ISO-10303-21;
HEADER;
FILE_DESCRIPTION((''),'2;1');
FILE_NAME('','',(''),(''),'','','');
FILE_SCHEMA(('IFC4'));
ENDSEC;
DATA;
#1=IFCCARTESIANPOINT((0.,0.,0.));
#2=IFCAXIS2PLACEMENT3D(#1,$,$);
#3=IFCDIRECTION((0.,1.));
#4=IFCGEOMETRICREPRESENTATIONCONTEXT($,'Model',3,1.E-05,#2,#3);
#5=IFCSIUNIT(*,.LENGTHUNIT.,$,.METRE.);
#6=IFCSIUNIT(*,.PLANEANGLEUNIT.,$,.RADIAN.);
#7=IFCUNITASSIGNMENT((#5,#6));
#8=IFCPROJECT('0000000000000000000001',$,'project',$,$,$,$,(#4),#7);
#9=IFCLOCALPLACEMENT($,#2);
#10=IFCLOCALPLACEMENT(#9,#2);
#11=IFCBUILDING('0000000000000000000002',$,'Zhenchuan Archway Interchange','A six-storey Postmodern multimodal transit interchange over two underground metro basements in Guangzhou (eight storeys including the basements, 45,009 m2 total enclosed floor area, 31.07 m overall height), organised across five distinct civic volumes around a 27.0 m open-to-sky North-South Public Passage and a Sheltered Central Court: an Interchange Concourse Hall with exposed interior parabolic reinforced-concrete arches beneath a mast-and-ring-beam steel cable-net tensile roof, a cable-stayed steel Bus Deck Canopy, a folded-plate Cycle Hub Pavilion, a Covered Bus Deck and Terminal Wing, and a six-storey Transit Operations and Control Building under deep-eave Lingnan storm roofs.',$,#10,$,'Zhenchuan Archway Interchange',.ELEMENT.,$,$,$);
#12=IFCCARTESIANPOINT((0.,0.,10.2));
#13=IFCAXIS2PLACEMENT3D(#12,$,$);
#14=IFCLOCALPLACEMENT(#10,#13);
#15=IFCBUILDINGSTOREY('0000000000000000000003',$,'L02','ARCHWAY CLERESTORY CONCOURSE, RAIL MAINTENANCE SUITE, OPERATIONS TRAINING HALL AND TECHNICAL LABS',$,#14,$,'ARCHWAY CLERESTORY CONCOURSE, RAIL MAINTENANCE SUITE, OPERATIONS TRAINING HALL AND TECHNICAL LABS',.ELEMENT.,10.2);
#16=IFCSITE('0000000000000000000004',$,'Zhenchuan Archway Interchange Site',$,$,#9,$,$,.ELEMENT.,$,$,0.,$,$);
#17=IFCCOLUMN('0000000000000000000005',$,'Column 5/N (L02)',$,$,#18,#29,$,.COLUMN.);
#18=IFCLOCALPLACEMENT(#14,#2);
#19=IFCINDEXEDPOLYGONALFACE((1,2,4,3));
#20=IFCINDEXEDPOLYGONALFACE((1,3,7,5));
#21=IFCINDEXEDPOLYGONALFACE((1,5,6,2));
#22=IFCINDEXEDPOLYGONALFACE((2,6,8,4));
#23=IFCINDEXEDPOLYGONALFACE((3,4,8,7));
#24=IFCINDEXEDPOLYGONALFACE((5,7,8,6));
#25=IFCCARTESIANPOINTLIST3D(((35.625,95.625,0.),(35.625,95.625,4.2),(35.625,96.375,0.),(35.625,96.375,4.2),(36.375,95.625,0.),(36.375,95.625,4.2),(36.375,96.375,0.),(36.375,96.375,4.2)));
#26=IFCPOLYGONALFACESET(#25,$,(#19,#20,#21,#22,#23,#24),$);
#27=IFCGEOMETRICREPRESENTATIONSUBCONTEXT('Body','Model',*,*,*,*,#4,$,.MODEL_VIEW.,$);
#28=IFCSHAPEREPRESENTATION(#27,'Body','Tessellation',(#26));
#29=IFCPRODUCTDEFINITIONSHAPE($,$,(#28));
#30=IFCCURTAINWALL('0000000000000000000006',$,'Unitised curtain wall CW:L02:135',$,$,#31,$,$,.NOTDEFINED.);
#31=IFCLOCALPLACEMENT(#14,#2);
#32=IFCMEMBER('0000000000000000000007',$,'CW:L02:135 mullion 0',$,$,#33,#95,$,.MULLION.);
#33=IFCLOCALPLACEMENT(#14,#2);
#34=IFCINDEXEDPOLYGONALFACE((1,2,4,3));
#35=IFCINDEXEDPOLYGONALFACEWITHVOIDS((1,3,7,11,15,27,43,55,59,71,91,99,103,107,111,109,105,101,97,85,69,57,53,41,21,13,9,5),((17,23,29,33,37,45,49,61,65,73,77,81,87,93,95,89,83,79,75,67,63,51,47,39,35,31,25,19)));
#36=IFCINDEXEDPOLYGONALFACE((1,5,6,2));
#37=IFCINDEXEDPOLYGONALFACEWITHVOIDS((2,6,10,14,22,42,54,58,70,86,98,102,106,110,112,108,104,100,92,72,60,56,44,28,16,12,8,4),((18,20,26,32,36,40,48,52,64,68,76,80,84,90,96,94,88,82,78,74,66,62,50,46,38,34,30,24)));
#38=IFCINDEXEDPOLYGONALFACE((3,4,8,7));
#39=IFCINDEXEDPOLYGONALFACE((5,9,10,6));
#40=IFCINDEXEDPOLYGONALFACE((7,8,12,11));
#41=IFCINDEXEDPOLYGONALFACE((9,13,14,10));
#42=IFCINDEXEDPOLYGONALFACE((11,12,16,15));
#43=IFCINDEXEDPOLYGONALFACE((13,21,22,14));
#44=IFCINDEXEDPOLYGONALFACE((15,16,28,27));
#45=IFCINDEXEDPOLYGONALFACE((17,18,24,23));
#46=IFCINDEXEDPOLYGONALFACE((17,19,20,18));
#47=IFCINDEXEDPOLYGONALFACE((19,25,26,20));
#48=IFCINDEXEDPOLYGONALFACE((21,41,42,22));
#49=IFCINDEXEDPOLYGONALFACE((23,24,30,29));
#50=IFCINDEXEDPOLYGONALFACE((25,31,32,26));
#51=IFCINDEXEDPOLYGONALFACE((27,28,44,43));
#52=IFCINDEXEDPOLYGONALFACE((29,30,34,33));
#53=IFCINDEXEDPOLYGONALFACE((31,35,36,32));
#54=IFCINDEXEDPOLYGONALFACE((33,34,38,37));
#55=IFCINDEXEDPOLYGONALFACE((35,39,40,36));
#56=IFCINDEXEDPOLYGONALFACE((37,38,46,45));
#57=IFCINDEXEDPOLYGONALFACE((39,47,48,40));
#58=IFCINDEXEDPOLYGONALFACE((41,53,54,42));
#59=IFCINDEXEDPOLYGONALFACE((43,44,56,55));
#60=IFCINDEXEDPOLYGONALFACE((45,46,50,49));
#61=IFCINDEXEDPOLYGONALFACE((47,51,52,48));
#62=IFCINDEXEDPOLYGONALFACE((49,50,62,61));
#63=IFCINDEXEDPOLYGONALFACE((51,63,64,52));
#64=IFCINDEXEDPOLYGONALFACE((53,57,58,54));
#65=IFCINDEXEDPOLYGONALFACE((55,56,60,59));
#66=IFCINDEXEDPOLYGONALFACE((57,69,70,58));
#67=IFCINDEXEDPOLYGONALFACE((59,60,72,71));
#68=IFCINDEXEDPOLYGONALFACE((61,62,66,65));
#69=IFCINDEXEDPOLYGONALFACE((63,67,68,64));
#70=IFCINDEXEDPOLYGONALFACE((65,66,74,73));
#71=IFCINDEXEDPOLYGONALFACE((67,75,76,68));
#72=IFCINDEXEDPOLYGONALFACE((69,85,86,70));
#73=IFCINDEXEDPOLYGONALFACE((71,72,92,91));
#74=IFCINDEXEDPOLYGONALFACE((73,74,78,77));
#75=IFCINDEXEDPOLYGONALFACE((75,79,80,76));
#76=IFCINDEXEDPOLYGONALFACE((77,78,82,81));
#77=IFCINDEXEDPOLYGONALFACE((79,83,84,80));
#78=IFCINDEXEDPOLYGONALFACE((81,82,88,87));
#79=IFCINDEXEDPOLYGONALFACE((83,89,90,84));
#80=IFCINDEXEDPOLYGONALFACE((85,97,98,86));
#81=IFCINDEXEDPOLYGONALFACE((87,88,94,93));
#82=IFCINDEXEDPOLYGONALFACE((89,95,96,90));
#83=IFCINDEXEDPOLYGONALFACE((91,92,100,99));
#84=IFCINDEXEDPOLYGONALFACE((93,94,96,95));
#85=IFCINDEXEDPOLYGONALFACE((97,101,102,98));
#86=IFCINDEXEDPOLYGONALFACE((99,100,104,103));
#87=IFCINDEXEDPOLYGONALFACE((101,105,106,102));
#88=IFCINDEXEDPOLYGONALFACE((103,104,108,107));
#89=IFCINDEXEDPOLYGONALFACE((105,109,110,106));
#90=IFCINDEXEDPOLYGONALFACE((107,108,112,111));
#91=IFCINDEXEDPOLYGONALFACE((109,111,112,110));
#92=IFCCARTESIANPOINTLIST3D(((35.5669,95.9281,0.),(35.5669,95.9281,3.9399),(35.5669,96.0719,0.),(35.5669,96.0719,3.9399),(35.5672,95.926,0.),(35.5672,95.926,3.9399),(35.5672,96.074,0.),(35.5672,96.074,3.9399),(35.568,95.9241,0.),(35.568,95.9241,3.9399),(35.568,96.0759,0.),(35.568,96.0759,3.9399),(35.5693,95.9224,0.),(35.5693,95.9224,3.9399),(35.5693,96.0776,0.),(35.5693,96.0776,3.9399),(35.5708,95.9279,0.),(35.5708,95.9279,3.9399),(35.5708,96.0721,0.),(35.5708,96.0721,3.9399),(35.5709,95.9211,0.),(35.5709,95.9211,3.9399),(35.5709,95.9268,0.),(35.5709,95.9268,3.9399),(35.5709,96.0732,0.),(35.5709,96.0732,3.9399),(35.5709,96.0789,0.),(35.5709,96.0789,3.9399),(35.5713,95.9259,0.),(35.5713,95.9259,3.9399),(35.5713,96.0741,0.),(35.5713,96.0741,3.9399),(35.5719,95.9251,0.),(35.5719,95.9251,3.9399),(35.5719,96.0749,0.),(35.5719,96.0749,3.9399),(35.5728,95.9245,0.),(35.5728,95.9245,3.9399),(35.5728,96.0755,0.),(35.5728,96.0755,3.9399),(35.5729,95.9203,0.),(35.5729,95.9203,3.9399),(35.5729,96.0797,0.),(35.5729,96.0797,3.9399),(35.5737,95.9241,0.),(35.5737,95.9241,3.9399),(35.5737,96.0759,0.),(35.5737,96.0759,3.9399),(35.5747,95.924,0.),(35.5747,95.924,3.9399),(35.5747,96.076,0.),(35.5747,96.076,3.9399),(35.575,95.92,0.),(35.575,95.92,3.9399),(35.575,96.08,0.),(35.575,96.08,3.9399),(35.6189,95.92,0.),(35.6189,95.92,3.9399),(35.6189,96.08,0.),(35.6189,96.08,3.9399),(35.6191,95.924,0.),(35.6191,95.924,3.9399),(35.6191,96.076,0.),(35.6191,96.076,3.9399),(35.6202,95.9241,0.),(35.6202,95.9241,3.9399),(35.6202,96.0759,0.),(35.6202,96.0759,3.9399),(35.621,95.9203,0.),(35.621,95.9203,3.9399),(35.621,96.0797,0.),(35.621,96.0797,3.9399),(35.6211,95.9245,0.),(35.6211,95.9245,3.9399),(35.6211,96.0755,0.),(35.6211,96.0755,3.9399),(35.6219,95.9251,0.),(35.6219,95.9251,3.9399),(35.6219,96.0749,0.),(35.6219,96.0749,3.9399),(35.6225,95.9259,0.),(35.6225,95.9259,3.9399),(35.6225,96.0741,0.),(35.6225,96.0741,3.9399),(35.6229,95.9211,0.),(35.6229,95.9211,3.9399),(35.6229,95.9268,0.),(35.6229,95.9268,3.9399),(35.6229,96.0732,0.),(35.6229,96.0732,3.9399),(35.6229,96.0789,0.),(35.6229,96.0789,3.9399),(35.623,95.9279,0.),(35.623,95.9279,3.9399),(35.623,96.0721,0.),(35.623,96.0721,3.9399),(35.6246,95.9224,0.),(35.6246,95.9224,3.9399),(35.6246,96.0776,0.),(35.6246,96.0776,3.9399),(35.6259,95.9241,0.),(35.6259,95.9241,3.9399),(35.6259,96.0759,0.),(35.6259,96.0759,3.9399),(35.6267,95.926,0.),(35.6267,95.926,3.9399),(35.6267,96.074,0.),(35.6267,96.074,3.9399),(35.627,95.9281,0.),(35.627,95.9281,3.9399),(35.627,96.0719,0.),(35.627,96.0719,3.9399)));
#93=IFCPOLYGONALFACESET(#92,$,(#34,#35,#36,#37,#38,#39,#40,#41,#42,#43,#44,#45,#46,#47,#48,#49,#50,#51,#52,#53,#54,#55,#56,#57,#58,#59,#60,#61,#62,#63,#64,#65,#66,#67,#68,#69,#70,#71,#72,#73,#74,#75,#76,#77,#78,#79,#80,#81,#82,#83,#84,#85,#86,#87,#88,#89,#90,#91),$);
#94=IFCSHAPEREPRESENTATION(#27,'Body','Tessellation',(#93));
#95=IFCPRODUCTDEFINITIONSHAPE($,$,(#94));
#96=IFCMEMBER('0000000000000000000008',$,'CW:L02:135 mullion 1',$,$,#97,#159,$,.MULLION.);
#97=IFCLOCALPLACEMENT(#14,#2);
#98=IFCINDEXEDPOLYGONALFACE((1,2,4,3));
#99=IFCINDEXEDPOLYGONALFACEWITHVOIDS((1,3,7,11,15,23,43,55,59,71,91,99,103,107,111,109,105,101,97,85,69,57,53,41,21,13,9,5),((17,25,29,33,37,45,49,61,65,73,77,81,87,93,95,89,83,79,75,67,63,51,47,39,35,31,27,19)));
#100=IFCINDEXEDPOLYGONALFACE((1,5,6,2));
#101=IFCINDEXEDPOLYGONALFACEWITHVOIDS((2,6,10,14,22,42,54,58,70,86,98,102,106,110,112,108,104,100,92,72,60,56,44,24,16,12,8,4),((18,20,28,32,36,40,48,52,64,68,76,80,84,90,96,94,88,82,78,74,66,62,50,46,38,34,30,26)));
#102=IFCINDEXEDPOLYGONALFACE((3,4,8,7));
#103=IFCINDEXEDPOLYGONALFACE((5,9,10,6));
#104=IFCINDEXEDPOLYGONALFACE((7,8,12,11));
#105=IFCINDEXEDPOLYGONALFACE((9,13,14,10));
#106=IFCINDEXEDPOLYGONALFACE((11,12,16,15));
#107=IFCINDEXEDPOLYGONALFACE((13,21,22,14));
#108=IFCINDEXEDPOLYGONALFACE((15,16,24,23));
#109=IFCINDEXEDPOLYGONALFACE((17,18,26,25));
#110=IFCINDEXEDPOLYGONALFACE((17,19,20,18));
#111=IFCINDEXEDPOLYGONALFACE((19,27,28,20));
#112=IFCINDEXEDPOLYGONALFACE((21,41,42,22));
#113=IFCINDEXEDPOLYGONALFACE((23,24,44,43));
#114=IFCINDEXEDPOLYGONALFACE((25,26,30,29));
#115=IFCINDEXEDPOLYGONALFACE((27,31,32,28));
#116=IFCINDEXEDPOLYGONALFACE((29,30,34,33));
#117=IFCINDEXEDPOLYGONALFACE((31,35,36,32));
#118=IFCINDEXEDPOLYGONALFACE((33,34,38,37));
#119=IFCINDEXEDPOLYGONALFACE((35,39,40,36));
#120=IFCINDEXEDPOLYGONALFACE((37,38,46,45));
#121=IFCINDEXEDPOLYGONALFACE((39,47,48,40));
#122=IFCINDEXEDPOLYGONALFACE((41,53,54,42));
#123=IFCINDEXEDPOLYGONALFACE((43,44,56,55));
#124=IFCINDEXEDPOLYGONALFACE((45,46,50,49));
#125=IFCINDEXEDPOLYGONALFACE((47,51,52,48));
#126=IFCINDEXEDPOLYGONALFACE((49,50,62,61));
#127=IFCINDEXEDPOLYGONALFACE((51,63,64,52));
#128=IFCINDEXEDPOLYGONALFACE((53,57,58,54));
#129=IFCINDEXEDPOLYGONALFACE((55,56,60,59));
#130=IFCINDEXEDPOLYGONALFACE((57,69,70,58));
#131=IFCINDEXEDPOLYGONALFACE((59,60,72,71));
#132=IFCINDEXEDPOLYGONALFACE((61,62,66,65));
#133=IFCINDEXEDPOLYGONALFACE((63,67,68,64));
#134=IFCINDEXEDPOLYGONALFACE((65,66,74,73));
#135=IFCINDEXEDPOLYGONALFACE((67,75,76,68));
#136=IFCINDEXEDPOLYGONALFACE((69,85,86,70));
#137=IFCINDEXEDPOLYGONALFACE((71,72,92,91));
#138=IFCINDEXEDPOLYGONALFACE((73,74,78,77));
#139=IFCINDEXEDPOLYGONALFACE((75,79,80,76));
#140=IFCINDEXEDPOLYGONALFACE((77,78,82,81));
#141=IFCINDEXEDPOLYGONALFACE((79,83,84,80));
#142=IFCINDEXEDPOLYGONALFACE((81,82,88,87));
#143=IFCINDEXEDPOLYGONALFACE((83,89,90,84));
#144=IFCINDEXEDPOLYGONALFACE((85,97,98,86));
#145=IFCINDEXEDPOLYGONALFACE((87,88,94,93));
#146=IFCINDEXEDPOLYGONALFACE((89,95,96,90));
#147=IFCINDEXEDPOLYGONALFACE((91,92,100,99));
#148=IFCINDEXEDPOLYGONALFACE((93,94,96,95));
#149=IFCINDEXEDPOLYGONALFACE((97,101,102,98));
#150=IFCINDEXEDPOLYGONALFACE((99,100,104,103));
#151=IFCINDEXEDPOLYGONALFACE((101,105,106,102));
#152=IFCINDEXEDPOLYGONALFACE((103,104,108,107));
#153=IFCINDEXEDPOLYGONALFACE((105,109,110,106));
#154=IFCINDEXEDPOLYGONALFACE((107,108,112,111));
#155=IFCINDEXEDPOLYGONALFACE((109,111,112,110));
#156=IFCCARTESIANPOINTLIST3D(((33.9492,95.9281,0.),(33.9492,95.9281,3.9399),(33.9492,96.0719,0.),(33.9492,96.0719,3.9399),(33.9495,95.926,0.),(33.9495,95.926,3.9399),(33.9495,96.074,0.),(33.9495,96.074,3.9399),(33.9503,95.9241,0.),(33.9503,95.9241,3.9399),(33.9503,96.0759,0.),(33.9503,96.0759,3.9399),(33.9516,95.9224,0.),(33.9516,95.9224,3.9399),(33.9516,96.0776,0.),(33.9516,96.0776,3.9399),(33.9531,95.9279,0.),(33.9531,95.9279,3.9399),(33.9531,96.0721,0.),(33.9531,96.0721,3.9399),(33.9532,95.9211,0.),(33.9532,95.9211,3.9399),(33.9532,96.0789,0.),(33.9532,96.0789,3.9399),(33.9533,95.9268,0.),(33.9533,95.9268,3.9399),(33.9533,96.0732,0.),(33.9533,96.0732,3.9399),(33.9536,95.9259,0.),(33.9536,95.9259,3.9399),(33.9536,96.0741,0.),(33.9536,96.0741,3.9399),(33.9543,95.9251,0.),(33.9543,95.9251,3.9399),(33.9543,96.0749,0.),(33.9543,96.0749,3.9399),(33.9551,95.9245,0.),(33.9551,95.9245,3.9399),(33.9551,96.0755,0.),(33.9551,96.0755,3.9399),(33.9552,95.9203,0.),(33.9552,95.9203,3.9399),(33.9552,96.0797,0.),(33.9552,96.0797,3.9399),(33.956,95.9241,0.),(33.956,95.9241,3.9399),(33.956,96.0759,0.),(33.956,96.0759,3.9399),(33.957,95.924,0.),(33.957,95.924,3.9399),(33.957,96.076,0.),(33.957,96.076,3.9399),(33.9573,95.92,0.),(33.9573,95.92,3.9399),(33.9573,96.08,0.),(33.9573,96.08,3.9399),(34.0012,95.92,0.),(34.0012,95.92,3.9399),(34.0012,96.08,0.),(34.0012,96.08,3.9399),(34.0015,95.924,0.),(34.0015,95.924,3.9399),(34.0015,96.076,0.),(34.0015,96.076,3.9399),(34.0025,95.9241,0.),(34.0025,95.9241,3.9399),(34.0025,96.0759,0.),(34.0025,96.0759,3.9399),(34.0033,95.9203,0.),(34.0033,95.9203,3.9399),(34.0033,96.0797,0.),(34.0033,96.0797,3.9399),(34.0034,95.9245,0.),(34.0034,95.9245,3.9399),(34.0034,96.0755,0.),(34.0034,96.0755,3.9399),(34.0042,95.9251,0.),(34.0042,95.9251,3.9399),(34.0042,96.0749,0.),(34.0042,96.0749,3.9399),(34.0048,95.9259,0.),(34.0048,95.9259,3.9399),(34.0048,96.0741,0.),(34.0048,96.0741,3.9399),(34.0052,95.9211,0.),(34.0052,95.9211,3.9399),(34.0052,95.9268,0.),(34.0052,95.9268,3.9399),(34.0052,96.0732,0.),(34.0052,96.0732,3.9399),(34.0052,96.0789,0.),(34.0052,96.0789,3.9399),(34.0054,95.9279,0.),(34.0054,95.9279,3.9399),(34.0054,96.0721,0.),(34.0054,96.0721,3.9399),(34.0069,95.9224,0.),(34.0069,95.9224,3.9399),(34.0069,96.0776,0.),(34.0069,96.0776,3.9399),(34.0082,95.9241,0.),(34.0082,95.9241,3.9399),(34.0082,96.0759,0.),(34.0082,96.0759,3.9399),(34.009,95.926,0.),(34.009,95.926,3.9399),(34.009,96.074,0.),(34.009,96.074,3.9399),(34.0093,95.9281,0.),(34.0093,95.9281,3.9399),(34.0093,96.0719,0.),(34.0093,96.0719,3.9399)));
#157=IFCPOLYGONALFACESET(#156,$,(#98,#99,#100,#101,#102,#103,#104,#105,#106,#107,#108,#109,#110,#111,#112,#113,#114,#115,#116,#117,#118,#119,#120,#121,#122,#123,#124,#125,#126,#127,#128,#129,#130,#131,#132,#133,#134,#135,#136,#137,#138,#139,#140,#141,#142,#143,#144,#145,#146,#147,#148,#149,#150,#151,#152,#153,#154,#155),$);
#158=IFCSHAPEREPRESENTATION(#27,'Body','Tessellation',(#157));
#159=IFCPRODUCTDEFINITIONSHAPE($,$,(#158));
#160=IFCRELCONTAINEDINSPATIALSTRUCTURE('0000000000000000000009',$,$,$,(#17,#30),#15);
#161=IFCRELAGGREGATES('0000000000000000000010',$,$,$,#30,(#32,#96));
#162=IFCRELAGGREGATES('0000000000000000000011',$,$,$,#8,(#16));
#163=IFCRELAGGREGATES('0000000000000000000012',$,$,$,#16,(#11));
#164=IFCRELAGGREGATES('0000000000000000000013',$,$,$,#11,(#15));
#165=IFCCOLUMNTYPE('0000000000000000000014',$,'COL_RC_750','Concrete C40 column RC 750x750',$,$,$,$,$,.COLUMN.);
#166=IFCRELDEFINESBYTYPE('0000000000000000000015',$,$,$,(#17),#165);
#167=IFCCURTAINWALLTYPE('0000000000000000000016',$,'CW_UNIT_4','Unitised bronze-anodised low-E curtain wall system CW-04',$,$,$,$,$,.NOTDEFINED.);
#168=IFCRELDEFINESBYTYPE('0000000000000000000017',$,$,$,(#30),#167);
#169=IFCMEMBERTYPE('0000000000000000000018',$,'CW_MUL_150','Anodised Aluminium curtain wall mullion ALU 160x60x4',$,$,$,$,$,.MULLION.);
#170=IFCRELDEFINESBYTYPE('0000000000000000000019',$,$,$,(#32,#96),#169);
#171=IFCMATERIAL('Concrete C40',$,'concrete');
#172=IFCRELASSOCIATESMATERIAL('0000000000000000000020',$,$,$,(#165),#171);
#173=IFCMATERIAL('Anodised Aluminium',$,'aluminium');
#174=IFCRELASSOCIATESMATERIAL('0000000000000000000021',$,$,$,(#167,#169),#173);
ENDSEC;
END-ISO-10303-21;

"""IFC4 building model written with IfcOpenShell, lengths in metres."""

from ifc_helpers import new_model, si_unit, direction, frame, origin, origin_2d, place, context, subcontext, project, spatial, rectangle, hollow_rectangle, extrude, material, material_profile, profile_set, type_object, element, aggregate, save


model = new_model("IFC4")

# Units and contexts
model_context = context("Model", 3, precision=1e-05, world=origin(), true_north=direction((0.0, 1.0)))
body_context = subcontext(model_context, "Body", "Model", "MODEL_VIEW")
ifc_project = project(units=[si_unit("LENGTHUNIT", "METRE"), si_unit("PLANEANGLEUNIT", "RADIAN")], contexts=[model_context])

# Site, building, storey
site_placement = place(None, origin())
site = spatial("IfcSite", under=ifc_project, at=site_placement, Name="Zhenchuan Archway Interchange Site", CompositionType="ELEMENT", RefElevation=0.0)
building_placement = place(site_placement, origin())
building = spatial("IfcBuilding", under=site, at=building_placement, Name="Zhenchuan Archway Interchange", Description="A six-storey Postmodern multimodal transit interchange over two underground metro basements in Guangzhou (eight storeys including the basements, 45,009 m2 total enclosed floor area, 31.07 m overall height), organised across five distinct civic volumes around a 27.0 m open-to-sky North-South Public Passage and a Sheltered Central Court: an Interchange Concourse Hall with exposed interior parabolic reinforced-concrete arches beneath a mast-and-ring-beam steel cable-net tensile roof, a cable-stayed steel Bus Deck Canopy, a folded-plate Cycle Hub Pavilion, a Covered Bus Deck and Terminal Wing, and a six-storey Transit Operations and Control Building under deep-eave Lingnan storm roofs.", LongName="Zhenchuan Archway Interchange", CompositionType="ELEMENT")
storey_placement = place(building_placement, frame((0.0, 0.0, 10.2)))
storey = spatial("IfcBuildingStorey", under=building, at=storey_placement, Name="L02", Description="ARCHWAY CLERESTORY CONCOURSE, RAIL MAINTENANCE SUITE, OPERATIONS TRAINING HALL AND TECHNICAL LABS", LongName="ARCHWAY CLERESTORY CONCOURSE, RAIL MAINTENANCE SUITE, OPERATIONS TRAINING HALL AND TECHNICAL LABS", CompositionType="ELEMENT", Elevation=10.2)

# Column
ifc_material_1 = material(Name="Concrete C40", Category="concrete")
ifc_material_profile_1 = material_profile(ifc_material_1, rectangle(XDim=0.75, YDim=0.75, at=origin_2d()), Name="RC 750x750")
ifc_profile_set_1 = profile_set([ifc_material_profile_1], Name="Concrete C40")
column_type = type_object("IfcColumnType", Name="COL_RC_750", Description="Concrete C40 column RC 750x750", PredefinedType="COLUMN", material=ifc_profile_set_1)
column_placement = place(storey_placement, frame((36.0, 96.0, 0.0), z_axis=(0.0, 0.0, 1.0), x_axis=(1.0, 0.0, 0.0)))
element("IfcColumn", 1, at=column_placement, inside=storey, type_object=column_type, Name="Column 5/N (L02)", PredefinedType="COLUMN", context=body_context, shape_type="SweptSolid", body=[
    extrude(rectangle(XDim=0.75, YDim=0.75, at=origin_2d()), origin(), (0.0, 0.0, 1.0), 4.2),
])

# Curtain wall, members
ifc_material_2 = material(Name="Anodised Aluminium", Category="aluminium")
curtain_wall_type = type_object("IfcCurtainWallType", Name="CW_UNIT_4", Description="Unitised bronze-anodised low-E curtain wall system CW-04", PredefinedType="NOTDEFINED", material=ifc_material_2)
curtain_wall_placement = place(storey_placement, origin())
curtain_wall = element("IfcCurtainWall", 2, at=curtain_wall_placement, inside=storey, type_object=curtain_wall_type, Name="Unitised curtain wall CW:L02:135", PredefinedType="NOTDEFINED")
ifc_material_profile_2 = material_profile(ifc_material_2, hollow_rectangle(XDim=0.0601, YDim=0.1599, WallThickness=0.0039, InnerFilletRadius=0.0039, OuterFilletRadius=0.0081, at=origin_2d()), Name="ALU 160x60x4")
ifc_profile_set_2 = profile_set([ifc_material_profile_2], Name="Anodised Aluminium")
member_type_1 = type_object("IfcMemberType", Name="CW_MUL_150", Description="Anodised Aluminium curtain wall mullion ALU 160x60x4", PredefinedType="MULLION", material=ifc_profile_set_2)
member_1_placement = place(storey_placement, frame((35.5969, 96.0, 0.0), z_axis=(0.0, 0.0, 1.0), x_axis=(1.0, 0.0, 0.0)))
member_1 = element("IfcMember", 3, at=member_1_placement, type_object=member_type_1, Name="CW:L02:135 mullion 0", PredefinedType="MULLION", context=body_context, shape_type="SweptSolid", body=[
    extrude(hollow_rectangle(XDim=0.0601, YDim=0.1599, WallThickness=0.0039, InnerFilletRadius=0.0039, OuterFilletRadius=0.0081, at=origin_2d()), origin(), (0.0, 0.0, 1.0), 3.9399),
])
member_2_placement = place(storey_placement, frame((33.9792, 96.0, 0.0), z_axis=(0.0, 0.0, 1.0), x_axis=(1.0, 0.0, 0.0)))
member_2 = element("IfcMember", 4, at=member_2_placement, type_object=member_type_1, Name="CW:L02:135 mullion 1", PredefinedType="MULLION", context=body_context, shape_type="SweptSolid", body=[
    extrude(hollow_rectangle(XDim=0.0601, YDim=0.1599, WallThickness=0.0039, InnerFilletRadius=0.0039, OuterFilletRadius=0.0081, at=origin_2d()), origin(), (0.0, 0.0, 1.0), 3.9399),
])
aggregate(curtain_wall, [member_1, member_2])

save(model, "model.ifc")
